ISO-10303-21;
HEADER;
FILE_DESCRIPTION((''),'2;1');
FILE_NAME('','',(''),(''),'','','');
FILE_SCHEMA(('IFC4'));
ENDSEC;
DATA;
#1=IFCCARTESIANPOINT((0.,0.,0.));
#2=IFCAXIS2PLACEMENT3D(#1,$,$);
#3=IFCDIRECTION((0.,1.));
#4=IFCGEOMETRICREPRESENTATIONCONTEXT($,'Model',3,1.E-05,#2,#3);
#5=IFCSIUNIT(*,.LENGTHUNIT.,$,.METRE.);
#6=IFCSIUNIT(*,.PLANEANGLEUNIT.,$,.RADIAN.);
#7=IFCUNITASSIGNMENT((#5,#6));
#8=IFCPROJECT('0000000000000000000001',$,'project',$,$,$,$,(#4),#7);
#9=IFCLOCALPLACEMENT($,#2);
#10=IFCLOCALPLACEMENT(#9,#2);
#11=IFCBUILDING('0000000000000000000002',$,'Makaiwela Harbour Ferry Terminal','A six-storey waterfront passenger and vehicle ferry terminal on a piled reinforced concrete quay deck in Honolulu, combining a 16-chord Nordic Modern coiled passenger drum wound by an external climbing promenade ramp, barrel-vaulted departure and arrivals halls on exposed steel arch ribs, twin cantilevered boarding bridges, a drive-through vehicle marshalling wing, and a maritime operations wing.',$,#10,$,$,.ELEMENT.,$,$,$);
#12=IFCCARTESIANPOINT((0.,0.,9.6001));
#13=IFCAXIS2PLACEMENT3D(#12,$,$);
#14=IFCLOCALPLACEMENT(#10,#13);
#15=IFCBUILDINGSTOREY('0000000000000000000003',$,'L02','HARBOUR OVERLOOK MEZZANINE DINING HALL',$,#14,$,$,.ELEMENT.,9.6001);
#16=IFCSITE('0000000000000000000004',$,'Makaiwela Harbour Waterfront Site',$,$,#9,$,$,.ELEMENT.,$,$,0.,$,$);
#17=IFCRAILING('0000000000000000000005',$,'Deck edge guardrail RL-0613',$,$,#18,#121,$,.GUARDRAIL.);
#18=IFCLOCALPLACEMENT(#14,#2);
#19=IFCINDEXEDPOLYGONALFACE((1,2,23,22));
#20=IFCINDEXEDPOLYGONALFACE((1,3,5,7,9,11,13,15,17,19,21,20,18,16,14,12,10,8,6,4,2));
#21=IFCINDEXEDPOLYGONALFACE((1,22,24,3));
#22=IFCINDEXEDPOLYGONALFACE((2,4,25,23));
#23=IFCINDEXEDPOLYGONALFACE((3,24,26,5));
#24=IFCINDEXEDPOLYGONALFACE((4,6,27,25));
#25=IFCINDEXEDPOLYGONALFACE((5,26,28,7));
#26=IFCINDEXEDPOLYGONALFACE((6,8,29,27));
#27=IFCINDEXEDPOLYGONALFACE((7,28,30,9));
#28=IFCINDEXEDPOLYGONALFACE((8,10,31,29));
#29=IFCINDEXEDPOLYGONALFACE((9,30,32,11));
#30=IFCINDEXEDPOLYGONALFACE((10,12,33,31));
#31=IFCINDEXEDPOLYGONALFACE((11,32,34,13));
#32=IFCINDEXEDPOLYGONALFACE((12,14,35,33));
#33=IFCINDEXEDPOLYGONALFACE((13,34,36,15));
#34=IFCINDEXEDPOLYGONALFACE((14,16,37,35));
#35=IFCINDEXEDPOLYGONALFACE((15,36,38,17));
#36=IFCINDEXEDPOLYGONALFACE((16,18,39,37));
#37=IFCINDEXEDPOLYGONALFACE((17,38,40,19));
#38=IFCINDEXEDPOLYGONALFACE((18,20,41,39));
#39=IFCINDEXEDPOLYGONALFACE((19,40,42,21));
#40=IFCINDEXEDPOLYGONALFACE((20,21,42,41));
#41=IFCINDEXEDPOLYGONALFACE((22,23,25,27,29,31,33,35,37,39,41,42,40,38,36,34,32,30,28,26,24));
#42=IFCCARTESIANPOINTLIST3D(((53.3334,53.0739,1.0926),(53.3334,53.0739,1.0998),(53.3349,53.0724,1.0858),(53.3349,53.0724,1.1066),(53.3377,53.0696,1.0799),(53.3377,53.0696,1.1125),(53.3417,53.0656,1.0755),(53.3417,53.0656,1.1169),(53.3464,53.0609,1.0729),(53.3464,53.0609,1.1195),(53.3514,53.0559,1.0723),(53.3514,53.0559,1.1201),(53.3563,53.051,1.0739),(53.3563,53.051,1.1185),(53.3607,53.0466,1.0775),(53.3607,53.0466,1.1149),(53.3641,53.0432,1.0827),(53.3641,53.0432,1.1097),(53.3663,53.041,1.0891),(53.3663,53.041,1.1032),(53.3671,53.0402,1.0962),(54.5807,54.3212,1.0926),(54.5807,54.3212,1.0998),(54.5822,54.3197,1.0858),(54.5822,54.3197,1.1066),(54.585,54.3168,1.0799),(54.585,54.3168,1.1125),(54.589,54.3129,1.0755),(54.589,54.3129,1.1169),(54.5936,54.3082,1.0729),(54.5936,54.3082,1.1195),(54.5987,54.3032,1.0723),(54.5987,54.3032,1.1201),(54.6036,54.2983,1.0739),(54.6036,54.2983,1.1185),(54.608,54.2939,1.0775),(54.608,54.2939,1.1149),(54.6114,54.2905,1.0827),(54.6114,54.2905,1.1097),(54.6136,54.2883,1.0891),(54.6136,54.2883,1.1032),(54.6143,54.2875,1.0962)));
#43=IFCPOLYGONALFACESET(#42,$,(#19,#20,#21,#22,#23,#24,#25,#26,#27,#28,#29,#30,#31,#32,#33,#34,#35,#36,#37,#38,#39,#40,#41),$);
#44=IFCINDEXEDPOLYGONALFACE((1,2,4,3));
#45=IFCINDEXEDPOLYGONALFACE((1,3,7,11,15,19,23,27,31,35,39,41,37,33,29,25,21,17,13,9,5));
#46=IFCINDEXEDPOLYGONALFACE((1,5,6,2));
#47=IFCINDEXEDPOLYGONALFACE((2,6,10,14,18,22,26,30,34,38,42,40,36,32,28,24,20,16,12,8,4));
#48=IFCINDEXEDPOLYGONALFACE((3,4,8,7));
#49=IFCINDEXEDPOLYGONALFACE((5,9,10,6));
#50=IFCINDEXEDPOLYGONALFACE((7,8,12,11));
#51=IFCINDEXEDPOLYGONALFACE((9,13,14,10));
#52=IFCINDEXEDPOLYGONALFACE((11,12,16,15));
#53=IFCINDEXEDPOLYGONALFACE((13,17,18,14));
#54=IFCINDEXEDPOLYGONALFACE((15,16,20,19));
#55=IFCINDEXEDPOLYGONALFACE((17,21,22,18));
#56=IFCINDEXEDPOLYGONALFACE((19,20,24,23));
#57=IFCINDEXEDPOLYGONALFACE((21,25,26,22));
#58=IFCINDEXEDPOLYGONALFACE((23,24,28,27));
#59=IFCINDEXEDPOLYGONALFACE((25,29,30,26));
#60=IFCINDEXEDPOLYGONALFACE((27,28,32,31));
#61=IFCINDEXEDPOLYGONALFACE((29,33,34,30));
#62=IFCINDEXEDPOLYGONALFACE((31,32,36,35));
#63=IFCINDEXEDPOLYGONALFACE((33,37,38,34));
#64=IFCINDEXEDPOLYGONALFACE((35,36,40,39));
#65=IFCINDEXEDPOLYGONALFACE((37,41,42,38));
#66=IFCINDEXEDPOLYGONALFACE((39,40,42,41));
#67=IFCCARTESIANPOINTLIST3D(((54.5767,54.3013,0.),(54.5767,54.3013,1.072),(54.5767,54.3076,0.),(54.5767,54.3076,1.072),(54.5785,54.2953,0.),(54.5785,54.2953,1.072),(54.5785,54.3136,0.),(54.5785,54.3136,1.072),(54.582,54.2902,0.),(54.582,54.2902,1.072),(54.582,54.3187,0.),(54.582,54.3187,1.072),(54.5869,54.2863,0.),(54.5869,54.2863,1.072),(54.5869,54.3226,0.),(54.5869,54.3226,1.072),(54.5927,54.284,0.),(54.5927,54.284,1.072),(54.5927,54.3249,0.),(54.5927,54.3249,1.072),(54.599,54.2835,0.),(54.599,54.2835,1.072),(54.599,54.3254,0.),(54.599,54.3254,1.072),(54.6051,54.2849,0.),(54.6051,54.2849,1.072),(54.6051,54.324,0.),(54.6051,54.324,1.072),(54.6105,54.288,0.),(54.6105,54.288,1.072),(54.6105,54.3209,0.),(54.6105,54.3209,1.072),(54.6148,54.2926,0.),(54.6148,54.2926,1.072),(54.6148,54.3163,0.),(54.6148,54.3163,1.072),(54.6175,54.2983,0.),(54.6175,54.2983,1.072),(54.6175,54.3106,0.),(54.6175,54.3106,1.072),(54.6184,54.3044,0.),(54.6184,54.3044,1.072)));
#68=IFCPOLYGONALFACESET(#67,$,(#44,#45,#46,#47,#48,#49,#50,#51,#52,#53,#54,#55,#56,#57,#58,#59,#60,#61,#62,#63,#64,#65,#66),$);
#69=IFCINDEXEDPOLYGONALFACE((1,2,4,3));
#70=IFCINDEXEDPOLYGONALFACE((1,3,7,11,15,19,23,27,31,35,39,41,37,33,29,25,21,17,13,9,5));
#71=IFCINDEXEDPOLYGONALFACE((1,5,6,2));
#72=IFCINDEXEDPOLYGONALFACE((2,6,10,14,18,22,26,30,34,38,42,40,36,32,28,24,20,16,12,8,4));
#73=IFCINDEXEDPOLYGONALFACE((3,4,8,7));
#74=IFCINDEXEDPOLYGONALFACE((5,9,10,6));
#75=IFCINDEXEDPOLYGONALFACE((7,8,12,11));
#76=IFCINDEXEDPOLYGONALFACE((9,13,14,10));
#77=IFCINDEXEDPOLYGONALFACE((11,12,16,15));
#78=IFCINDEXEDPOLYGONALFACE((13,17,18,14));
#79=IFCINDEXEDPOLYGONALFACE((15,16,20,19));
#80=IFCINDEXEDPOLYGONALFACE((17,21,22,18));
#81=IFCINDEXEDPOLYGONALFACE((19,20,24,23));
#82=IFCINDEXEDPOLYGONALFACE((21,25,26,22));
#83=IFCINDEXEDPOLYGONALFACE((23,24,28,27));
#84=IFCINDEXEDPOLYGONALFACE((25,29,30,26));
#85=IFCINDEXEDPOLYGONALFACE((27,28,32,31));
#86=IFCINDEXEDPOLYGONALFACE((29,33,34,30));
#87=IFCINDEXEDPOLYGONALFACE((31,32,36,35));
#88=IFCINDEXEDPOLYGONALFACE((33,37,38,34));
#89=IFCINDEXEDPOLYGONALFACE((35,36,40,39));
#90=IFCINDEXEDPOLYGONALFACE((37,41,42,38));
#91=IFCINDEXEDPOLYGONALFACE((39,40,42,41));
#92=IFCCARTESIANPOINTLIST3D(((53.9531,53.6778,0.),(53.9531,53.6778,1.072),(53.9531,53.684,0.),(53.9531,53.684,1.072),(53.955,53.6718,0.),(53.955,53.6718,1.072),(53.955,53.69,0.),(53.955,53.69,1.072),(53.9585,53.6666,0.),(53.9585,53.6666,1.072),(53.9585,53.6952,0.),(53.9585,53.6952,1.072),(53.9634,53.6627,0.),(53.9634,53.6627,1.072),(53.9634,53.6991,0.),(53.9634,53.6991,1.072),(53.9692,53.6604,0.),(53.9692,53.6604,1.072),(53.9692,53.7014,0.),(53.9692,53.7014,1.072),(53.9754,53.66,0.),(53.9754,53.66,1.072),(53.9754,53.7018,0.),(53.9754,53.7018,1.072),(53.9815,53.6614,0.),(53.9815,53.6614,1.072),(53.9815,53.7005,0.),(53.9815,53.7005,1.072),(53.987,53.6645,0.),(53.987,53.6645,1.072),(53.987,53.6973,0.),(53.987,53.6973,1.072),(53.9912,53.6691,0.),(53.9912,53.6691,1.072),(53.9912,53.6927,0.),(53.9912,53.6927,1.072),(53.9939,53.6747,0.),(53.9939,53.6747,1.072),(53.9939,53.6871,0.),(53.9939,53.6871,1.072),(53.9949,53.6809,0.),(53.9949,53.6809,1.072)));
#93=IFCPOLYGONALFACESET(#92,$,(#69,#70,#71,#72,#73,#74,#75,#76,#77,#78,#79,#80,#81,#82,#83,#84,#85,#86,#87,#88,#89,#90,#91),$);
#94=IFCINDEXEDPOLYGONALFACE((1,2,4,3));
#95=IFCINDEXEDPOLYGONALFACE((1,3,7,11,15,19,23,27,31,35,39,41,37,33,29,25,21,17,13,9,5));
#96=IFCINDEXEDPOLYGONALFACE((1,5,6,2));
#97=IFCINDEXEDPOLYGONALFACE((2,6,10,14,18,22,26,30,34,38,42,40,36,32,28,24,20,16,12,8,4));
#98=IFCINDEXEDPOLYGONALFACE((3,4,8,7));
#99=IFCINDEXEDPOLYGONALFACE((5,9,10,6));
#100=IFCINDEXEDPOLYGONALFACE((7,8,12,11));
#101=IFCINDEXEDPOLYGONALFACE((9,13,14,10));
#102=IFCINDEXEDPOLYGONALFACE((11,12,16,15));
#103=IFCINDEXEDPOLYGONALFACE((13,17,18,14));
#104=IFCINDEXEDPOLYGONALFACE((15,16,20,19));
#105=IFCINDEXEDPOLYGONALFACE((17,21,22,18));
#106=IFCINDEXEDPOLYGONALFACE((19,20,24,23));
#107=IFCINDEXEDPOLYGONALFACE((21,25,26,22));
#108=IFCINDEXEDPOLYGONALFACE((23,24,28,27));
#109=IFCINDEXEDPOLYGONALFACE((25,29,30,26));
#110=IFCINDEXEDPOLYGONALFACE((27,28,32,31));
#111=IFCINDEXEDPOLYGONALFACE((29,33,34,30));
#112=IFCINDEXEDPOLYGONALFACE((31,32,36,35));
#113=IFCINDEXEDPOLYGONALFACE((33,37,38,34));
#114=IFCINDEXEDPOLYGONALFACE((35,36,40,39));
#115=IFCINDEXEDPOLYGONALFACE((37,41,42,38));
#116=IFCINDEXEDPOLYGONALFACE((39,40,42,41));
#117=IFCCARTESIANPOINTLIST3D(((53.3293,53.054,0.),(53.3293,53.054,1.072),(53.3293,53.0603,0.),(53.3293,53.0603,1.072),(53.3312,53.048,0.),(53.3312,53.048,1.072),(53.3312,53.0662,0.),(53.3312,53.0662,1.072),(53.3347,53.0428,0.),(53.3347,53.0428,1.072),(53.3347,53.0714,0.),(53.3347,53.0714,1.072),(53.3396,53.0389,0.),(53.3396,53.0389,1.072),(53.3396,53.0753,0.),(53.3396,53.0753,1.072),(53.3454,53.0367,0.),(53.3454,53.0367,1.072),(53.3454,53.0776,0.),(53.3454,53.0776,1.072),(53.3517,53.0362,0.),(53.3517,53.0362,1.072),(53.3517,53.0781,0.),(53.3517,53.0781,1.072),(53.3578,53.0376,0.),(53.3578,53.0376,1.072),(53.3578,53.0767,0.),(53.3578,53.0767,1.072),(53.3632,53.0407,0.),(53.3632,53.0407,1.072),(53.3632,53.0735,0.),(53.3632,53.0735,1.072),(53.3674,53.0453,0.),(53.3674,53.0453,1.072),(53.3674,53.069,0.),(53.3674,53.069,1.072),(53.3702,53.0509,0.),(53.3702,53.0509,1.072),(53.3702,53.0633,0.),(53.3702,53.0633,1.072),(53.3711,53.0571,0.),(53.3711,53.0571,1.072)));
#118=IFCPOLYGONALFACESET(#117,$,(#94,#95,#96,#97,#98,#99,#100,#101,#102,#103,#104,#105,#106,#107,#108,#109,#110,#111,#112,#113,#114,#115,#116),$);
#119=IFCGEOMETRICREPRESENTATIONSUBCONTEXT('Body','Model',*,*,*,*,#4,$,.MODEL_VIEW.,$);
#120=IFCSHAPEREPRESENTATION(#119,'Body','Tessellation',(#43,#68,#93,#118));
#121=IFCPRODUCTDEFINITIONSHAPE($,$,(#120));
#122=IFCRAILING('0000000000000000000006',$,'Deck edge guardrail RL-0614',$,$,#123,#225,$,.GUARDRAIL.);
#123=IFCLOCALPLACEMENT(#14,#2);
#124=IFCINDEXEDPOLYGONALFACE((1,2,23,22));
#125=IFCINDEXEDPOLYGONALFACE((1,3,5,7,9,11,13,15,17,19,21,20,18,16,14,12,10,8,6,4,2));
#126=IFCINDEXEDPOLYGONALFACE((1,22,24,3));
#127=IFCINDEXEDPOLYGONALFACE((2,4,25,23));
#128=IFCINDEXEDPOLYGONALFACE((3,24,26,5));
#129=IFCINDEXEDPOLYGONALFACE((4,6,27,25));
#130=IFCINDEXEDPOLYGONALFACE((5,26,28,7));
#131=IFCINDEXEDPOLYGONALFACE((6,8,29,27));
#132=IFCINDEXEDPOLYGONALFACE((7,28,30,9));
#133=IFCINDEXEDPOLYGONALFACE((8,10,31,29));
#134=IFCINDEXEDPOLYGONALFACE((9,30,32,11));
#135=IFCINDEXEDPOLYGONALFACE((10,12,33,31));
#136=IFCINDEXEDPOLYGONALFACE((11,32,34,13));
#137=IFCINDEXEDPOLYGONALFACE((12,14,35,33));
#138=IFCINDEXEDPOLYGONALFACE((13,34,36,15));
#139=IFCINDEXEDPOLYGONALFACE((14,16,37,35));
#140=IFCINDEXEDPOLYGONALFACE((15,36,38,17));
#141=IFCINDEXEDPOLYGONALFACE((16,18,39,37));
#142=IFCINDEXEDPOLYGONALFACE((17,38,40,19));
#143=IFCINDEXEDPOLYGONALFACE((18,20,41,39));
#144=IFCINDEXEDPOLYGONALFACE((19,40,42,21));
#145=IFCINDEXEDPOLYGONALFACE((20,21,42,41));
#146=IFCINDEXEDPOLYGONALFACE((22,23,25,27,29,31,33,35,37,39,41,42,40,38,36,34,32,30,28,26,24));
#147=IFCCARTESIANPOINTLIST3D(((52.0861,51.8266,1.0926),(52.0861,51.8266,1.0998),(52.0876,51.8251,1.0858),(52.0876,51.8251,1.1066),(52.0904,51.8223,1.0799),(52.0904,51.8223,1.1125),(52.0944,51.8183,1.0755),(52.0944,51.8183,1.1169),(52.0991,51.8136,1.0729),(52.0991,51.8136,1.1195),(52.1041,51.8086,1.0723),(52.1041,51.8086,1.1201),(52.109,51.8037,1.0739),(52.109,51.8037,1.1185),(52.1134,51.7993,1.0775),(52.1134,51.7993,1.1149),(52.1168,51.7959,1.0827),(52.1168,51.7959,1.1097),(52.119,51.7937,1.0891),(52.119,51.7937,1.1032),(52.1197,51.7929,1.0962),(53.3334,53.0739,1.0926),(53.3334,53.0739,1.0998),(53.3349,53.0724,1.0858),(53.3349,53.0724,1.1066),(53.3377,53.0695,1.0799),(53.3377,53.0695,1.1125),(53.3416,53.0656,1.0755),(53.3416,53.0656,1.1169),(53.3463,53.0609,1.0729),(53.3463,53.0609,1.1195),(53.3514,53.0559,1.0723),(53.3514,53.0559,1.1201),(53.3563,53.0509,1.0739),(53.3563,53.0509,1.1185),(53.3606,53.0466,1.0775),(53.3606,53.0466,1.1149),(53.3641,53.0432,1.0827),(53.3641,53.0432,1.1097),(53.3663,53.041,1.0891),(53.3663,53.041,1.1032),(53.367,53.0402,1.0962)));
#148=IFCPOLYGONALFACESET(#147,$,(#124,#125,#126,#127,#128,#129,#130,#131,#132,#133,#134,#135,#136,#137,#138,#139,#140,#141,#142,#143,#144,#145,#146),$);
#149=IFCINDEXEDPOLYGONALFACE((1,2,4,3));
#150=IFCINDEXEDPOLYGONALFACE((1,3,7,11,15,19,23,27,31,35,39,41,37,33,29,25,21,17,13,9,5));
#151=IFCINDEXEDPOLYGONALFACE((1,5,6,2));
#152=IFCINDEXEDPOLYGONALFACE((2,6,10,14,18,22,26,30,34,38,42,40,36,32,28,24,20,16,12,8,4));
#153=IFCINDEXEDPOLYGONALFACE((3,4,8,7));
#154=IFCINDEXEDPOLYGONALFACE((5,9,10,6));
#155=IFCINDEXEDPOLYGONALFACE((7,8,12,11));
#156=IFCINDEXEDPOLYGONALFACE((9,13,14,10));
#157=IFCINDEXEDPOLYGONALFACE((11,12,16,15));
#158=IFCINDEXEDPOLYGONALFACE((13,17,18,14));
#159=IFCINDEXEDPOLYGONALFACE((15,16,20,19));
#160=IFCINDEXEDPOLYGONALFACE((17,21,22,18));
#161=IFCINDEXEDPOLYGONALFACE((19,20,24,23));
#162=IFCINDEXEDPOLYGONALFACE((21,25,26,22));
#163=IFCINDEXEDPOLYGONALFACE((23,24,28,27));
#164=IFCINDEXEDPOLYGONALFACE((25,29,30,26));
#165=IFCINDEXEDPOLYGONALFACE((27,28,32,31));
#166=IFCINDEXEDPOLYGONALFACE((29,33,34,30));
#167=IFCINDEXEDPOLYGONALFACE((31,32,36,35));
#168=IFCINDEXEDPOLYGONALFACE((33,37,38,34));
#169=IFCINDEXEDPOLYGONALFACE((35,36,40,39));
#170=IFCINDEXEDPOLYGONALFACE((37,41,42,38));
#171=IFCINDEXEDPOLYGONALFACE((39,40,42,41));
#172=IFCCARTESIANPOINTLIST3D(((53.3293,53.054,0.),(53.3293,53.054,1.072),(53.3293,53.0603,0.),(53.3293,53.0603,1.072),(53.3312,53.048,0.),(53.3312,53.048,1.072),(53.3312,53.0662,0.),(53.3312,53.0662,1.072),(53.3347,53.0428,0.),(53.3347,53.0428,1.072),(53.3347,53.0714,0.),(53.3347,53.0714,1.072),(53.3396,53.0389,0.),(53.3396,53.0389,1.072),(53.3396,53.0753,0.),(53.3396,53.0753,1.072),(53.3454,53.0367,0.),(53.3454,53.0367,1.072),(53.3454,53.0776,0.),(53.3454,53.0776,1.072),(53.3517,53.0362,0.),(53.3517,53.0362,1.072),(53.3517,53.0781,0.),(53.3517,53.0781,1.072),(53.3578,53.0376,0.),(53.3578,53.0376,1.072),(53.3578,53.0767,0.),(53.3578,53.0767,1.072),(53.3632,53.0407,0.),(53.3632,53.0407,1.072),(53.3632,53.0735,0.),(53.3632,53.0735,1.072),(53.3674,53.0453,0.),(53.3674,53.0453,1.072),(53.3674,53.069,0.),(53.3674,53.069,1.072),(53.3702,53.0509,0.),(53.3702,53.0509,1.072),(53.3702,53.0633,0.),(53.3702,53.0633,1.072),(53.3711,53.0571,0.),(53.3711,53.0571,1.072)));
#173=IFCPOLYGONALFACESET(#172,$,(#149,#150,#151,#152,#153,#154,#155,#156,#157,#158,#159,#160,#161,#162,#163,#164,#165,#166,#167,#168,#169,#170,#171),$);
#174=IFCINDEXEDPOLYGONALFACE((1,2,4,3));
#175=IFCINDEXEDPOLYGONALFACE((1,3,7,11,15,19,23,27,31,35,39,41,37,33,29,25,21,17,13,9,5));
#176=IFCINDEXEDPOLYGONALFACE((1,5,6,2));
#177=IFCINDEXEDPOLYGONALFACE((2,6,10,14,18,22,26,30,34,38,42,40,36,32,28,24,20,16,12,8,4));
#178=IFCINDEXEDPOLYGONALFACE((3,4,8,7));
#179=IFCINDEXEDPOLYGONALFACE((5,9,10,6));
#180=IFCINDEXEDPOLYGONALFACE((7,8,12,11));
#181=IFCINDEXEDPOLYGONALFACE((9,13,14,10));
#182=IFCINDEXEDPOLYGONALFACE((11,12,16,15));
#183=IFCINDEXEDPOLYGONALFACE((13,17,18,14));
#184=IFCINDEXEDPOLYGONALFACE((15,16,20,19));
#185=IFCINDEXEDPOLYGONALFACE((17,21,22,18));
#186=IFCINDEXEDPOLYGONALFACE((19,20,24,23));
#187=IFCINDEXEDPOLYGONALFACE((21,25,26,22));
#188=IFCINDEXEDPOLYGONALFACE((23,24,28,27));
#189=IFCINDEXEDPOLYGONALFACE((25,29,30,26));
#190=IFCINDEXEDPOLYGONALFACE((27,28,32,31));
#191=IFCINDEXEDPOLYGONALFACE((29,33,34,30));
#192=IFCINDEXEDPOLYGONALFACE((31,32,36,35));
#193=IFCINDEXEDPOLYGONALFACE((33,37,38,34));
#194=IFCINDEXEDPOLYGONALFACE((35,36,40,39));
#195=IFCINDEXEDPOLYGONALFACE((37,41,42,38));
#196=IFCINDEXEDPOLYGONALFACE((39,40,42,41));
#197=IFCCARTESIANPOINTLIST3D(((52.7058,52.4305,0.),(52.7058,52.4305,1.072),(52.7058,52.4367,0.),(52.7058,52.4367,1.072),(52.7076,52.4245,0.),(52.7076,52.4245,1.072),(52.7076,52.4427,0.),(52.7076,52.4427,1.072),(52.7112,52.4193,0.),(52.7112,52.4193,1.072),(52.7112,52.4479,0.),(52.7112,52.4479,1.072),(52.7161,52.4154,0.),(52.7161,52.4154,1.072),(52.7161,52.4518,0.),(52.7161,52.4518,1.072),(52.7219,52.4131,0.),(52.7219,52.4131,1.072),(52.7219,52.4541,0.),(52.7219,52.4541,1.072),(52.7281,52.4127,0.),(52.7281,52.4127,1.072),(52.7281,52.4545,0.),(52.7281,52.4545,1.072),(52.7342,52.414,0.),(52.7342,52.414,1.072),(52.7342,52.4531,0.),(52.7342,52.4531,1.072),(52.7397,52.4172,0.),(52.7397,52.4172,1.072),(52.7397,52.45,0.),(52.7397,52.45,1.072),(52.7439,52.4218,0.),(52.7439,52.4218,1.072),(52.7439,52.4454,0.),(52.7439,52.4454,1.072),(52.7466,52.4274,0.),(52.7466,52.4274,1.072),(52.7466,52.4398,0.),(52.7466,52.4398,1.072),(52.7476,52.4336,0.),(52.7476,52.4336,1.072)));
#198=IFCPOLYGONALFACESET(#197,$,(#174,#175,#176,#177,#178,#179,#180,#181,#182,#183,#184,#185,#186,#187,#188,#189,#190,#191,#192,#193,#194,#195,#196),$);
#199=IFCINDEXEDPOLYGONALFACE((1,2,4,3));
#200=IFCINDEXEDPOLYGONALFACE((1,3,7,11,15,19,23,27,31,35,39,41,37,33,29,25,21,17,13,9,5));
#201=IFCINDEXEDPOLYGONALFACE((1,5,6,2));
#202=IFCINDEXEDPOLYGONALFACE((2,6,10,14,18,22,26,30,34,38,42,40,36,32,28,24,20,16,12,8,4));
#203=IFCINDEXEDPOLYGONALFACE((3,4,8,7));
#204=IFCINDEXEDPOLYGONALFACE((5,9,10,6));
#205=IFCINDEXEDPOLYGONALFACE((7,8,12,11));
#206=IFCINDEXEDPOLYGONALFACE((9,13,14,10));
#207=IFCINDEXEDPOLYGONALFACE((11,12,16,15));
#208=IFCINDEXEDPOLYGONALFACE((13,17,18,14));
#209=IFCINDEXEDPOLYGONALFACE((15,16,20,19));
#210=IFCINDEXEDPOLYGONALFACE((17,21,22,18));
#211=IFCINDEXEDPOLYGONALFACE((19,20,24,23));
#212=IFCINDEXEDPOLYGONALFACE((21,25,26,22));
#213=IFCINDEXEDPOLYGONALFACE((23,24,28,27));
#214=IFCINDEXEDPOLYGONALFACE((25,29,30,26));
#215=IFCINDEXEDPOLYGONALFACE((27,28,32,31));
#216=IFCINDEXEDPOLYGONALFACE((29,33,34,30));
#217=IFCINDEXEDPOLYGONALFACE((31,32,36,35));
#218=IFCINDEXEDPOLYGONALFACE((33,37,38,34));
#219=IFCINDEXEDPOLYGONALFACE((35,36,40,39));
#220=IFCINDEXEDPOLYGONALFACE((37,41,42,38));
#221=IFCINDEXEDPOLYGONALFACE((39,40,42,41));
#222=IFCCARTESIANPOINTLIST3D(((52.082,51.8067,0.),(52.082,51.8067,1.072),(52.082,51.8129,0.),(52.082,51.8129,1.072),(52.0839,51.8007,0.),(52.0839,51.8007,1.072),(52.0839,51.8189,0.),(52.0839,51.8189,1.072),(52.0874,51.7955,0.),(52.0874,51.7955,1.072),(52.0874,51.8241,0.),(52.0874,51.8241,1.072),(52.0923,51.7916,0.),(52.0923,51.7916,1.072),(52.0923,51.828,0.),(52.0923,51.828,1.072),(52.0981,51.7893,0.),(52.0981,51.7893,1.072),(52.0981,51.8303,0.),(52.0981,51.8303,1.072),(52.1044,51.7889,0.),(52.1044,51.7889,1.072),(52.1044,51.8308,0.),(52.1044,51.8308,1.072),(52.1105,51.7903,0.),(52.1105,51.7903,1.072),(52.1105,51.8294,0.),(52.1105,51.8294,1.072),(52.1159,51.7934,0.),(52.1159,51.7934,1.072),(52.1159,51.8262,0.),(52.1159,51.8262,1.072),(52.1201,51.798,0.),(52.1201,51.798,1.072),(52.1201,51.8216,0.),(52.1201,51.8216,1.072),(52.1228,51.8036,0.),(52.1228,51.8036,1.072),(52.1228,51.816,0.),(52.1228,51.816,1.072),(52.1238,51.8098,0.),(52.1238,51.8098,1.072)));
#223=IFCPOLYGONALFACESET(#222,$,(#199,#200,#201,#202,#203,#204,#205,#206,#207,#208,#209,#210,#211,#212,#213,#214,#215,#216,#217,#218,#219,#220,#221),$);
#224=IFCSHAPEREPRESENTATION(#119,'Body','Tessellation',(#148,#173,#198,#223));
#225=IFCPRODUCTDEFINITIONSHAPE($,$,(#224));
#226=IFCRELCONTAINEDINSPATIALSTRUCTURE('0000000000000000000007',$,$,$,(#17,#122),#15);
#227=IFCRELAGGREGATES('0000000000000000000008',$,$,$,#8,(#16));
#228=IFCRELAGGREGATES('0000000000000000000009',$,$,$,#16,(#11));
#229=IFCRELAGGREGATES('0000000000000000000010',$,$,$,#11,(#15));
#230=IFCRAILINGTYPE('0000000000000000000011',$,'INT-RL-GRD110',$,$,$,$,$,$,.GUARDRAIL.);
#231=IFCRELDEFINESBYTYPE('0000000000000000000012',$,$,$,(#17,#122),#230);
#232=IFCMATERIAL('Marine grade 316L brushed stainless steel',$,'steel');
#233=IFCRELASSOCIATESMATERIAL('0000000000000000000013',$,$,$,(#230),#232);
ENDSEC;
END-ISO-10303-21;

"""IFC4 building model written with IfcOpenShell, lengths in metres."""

from ifc_helpers import new_model, si_unit, direction, frame, origin, origin_2d, place, context, subcontext, project, spatial, circle, extrude, material, type_object, element, save


model = new_model("IFC4")

# Units and contexts
model_context = context("Model", 3, precision=1e-05, world=origin(), true_north=direction((0.0, 1.0)))
body_context = subcontext(model_context, "Body", "Model", "MODEL_VIEW")
ifc_project = project(units=[si_unit("LENGTHUNIT", "METRE"), si_unit("PLANEANGLEUNIT", "RADIAN")], contexts=[model_context])

# Site, building, storey
site_placement = place(None, origin())
site = spatial("IfcSite", under=ifc_project, at=site_placement, Name="Makaiwela Harbour Waterfront Site", CompositionType="ELEMENT", RefElevation=0.0)
building_placement = place(site_placement, origin())
building = spatial("IfcBuilding", under=site, at=building_placement, Name="Makaiwela Harbour Ferry Terminal", Description="A six-storey waterfront passenger and vehicle ferry terminal on a piled reinforced concrete quay deck in Honolulu, combining a 16-chord Nordic Modern coiled passenger drum wound by an external climbing promenade ramp, barrel-vaulted departure and arrivals halls on exposed steel arch ribs, twin cantilevered boarding bridges, a drive-through vehicle marshalling wing, and a maritime operations wing.", CompositionType="ELEMENT")
storey_placement = place(building_placement, frame((0.0, 0.0, 9.6001)))
storey = spatial("IfcBuildingStorey", under=building, at=storey_placement, Name="L02", Description="HARBOUR OVERLOOK MEZZANINE DINING HALL", CompositionType="ELEMENT", Elevation=9.6001)

# Railings
ifc_material_1 = material(Name="Marine grade 316L brushed stainless steel", Category="steel")
railing_type = type_object("IfcRailingType", Name="INT-RL-GRD110", PredefinedType="GUARDRAIL", material=ifc_material_1)
for number, where, name in (
    (1, (54.5974, 54.3044, 0.0), "Deck edge guardrail RL-0613"),
    (2, (53.3501, 53.0571, 0.0), "Deck edge guardrail RL-0614"),
):
    element("IfcRailing", number, at=place(storey_placement, frame(where)), inside=storey, type_object=railing_type, Name=name, PredefinedType="GUARDRAIL", context=body_context, shape_type="SweptSolid", body=[
        extrude(circle(Radius=0.0239, at=origin_2d()), frame((0.0, 0.0, 1.0962), z_axis=(-0.707107, -0.707107, 0.0), x_axis=(0.707107, -0.707107, 0.0)), (0.0, 0.0, 1.0), 1.7639),
        extrude(circle(Radius=0.021, at=origin_2d()), origin(), (0.0, 0.0, 1.0), 1.072),
        extrude(circle(Radius=0.021, at=origin_2d()), frame((-0.6235, -0.6235, 0.0)), (0.0, 0.0, 1.0), 1.072),
        extrude(circle(Radius=0.021, at=origin_2d()), frame((-1.2473, -1.2473, 0.0)), (0.0, 0.0, 1.0), 1.072),
    ])

save(model, "model.ifc")
